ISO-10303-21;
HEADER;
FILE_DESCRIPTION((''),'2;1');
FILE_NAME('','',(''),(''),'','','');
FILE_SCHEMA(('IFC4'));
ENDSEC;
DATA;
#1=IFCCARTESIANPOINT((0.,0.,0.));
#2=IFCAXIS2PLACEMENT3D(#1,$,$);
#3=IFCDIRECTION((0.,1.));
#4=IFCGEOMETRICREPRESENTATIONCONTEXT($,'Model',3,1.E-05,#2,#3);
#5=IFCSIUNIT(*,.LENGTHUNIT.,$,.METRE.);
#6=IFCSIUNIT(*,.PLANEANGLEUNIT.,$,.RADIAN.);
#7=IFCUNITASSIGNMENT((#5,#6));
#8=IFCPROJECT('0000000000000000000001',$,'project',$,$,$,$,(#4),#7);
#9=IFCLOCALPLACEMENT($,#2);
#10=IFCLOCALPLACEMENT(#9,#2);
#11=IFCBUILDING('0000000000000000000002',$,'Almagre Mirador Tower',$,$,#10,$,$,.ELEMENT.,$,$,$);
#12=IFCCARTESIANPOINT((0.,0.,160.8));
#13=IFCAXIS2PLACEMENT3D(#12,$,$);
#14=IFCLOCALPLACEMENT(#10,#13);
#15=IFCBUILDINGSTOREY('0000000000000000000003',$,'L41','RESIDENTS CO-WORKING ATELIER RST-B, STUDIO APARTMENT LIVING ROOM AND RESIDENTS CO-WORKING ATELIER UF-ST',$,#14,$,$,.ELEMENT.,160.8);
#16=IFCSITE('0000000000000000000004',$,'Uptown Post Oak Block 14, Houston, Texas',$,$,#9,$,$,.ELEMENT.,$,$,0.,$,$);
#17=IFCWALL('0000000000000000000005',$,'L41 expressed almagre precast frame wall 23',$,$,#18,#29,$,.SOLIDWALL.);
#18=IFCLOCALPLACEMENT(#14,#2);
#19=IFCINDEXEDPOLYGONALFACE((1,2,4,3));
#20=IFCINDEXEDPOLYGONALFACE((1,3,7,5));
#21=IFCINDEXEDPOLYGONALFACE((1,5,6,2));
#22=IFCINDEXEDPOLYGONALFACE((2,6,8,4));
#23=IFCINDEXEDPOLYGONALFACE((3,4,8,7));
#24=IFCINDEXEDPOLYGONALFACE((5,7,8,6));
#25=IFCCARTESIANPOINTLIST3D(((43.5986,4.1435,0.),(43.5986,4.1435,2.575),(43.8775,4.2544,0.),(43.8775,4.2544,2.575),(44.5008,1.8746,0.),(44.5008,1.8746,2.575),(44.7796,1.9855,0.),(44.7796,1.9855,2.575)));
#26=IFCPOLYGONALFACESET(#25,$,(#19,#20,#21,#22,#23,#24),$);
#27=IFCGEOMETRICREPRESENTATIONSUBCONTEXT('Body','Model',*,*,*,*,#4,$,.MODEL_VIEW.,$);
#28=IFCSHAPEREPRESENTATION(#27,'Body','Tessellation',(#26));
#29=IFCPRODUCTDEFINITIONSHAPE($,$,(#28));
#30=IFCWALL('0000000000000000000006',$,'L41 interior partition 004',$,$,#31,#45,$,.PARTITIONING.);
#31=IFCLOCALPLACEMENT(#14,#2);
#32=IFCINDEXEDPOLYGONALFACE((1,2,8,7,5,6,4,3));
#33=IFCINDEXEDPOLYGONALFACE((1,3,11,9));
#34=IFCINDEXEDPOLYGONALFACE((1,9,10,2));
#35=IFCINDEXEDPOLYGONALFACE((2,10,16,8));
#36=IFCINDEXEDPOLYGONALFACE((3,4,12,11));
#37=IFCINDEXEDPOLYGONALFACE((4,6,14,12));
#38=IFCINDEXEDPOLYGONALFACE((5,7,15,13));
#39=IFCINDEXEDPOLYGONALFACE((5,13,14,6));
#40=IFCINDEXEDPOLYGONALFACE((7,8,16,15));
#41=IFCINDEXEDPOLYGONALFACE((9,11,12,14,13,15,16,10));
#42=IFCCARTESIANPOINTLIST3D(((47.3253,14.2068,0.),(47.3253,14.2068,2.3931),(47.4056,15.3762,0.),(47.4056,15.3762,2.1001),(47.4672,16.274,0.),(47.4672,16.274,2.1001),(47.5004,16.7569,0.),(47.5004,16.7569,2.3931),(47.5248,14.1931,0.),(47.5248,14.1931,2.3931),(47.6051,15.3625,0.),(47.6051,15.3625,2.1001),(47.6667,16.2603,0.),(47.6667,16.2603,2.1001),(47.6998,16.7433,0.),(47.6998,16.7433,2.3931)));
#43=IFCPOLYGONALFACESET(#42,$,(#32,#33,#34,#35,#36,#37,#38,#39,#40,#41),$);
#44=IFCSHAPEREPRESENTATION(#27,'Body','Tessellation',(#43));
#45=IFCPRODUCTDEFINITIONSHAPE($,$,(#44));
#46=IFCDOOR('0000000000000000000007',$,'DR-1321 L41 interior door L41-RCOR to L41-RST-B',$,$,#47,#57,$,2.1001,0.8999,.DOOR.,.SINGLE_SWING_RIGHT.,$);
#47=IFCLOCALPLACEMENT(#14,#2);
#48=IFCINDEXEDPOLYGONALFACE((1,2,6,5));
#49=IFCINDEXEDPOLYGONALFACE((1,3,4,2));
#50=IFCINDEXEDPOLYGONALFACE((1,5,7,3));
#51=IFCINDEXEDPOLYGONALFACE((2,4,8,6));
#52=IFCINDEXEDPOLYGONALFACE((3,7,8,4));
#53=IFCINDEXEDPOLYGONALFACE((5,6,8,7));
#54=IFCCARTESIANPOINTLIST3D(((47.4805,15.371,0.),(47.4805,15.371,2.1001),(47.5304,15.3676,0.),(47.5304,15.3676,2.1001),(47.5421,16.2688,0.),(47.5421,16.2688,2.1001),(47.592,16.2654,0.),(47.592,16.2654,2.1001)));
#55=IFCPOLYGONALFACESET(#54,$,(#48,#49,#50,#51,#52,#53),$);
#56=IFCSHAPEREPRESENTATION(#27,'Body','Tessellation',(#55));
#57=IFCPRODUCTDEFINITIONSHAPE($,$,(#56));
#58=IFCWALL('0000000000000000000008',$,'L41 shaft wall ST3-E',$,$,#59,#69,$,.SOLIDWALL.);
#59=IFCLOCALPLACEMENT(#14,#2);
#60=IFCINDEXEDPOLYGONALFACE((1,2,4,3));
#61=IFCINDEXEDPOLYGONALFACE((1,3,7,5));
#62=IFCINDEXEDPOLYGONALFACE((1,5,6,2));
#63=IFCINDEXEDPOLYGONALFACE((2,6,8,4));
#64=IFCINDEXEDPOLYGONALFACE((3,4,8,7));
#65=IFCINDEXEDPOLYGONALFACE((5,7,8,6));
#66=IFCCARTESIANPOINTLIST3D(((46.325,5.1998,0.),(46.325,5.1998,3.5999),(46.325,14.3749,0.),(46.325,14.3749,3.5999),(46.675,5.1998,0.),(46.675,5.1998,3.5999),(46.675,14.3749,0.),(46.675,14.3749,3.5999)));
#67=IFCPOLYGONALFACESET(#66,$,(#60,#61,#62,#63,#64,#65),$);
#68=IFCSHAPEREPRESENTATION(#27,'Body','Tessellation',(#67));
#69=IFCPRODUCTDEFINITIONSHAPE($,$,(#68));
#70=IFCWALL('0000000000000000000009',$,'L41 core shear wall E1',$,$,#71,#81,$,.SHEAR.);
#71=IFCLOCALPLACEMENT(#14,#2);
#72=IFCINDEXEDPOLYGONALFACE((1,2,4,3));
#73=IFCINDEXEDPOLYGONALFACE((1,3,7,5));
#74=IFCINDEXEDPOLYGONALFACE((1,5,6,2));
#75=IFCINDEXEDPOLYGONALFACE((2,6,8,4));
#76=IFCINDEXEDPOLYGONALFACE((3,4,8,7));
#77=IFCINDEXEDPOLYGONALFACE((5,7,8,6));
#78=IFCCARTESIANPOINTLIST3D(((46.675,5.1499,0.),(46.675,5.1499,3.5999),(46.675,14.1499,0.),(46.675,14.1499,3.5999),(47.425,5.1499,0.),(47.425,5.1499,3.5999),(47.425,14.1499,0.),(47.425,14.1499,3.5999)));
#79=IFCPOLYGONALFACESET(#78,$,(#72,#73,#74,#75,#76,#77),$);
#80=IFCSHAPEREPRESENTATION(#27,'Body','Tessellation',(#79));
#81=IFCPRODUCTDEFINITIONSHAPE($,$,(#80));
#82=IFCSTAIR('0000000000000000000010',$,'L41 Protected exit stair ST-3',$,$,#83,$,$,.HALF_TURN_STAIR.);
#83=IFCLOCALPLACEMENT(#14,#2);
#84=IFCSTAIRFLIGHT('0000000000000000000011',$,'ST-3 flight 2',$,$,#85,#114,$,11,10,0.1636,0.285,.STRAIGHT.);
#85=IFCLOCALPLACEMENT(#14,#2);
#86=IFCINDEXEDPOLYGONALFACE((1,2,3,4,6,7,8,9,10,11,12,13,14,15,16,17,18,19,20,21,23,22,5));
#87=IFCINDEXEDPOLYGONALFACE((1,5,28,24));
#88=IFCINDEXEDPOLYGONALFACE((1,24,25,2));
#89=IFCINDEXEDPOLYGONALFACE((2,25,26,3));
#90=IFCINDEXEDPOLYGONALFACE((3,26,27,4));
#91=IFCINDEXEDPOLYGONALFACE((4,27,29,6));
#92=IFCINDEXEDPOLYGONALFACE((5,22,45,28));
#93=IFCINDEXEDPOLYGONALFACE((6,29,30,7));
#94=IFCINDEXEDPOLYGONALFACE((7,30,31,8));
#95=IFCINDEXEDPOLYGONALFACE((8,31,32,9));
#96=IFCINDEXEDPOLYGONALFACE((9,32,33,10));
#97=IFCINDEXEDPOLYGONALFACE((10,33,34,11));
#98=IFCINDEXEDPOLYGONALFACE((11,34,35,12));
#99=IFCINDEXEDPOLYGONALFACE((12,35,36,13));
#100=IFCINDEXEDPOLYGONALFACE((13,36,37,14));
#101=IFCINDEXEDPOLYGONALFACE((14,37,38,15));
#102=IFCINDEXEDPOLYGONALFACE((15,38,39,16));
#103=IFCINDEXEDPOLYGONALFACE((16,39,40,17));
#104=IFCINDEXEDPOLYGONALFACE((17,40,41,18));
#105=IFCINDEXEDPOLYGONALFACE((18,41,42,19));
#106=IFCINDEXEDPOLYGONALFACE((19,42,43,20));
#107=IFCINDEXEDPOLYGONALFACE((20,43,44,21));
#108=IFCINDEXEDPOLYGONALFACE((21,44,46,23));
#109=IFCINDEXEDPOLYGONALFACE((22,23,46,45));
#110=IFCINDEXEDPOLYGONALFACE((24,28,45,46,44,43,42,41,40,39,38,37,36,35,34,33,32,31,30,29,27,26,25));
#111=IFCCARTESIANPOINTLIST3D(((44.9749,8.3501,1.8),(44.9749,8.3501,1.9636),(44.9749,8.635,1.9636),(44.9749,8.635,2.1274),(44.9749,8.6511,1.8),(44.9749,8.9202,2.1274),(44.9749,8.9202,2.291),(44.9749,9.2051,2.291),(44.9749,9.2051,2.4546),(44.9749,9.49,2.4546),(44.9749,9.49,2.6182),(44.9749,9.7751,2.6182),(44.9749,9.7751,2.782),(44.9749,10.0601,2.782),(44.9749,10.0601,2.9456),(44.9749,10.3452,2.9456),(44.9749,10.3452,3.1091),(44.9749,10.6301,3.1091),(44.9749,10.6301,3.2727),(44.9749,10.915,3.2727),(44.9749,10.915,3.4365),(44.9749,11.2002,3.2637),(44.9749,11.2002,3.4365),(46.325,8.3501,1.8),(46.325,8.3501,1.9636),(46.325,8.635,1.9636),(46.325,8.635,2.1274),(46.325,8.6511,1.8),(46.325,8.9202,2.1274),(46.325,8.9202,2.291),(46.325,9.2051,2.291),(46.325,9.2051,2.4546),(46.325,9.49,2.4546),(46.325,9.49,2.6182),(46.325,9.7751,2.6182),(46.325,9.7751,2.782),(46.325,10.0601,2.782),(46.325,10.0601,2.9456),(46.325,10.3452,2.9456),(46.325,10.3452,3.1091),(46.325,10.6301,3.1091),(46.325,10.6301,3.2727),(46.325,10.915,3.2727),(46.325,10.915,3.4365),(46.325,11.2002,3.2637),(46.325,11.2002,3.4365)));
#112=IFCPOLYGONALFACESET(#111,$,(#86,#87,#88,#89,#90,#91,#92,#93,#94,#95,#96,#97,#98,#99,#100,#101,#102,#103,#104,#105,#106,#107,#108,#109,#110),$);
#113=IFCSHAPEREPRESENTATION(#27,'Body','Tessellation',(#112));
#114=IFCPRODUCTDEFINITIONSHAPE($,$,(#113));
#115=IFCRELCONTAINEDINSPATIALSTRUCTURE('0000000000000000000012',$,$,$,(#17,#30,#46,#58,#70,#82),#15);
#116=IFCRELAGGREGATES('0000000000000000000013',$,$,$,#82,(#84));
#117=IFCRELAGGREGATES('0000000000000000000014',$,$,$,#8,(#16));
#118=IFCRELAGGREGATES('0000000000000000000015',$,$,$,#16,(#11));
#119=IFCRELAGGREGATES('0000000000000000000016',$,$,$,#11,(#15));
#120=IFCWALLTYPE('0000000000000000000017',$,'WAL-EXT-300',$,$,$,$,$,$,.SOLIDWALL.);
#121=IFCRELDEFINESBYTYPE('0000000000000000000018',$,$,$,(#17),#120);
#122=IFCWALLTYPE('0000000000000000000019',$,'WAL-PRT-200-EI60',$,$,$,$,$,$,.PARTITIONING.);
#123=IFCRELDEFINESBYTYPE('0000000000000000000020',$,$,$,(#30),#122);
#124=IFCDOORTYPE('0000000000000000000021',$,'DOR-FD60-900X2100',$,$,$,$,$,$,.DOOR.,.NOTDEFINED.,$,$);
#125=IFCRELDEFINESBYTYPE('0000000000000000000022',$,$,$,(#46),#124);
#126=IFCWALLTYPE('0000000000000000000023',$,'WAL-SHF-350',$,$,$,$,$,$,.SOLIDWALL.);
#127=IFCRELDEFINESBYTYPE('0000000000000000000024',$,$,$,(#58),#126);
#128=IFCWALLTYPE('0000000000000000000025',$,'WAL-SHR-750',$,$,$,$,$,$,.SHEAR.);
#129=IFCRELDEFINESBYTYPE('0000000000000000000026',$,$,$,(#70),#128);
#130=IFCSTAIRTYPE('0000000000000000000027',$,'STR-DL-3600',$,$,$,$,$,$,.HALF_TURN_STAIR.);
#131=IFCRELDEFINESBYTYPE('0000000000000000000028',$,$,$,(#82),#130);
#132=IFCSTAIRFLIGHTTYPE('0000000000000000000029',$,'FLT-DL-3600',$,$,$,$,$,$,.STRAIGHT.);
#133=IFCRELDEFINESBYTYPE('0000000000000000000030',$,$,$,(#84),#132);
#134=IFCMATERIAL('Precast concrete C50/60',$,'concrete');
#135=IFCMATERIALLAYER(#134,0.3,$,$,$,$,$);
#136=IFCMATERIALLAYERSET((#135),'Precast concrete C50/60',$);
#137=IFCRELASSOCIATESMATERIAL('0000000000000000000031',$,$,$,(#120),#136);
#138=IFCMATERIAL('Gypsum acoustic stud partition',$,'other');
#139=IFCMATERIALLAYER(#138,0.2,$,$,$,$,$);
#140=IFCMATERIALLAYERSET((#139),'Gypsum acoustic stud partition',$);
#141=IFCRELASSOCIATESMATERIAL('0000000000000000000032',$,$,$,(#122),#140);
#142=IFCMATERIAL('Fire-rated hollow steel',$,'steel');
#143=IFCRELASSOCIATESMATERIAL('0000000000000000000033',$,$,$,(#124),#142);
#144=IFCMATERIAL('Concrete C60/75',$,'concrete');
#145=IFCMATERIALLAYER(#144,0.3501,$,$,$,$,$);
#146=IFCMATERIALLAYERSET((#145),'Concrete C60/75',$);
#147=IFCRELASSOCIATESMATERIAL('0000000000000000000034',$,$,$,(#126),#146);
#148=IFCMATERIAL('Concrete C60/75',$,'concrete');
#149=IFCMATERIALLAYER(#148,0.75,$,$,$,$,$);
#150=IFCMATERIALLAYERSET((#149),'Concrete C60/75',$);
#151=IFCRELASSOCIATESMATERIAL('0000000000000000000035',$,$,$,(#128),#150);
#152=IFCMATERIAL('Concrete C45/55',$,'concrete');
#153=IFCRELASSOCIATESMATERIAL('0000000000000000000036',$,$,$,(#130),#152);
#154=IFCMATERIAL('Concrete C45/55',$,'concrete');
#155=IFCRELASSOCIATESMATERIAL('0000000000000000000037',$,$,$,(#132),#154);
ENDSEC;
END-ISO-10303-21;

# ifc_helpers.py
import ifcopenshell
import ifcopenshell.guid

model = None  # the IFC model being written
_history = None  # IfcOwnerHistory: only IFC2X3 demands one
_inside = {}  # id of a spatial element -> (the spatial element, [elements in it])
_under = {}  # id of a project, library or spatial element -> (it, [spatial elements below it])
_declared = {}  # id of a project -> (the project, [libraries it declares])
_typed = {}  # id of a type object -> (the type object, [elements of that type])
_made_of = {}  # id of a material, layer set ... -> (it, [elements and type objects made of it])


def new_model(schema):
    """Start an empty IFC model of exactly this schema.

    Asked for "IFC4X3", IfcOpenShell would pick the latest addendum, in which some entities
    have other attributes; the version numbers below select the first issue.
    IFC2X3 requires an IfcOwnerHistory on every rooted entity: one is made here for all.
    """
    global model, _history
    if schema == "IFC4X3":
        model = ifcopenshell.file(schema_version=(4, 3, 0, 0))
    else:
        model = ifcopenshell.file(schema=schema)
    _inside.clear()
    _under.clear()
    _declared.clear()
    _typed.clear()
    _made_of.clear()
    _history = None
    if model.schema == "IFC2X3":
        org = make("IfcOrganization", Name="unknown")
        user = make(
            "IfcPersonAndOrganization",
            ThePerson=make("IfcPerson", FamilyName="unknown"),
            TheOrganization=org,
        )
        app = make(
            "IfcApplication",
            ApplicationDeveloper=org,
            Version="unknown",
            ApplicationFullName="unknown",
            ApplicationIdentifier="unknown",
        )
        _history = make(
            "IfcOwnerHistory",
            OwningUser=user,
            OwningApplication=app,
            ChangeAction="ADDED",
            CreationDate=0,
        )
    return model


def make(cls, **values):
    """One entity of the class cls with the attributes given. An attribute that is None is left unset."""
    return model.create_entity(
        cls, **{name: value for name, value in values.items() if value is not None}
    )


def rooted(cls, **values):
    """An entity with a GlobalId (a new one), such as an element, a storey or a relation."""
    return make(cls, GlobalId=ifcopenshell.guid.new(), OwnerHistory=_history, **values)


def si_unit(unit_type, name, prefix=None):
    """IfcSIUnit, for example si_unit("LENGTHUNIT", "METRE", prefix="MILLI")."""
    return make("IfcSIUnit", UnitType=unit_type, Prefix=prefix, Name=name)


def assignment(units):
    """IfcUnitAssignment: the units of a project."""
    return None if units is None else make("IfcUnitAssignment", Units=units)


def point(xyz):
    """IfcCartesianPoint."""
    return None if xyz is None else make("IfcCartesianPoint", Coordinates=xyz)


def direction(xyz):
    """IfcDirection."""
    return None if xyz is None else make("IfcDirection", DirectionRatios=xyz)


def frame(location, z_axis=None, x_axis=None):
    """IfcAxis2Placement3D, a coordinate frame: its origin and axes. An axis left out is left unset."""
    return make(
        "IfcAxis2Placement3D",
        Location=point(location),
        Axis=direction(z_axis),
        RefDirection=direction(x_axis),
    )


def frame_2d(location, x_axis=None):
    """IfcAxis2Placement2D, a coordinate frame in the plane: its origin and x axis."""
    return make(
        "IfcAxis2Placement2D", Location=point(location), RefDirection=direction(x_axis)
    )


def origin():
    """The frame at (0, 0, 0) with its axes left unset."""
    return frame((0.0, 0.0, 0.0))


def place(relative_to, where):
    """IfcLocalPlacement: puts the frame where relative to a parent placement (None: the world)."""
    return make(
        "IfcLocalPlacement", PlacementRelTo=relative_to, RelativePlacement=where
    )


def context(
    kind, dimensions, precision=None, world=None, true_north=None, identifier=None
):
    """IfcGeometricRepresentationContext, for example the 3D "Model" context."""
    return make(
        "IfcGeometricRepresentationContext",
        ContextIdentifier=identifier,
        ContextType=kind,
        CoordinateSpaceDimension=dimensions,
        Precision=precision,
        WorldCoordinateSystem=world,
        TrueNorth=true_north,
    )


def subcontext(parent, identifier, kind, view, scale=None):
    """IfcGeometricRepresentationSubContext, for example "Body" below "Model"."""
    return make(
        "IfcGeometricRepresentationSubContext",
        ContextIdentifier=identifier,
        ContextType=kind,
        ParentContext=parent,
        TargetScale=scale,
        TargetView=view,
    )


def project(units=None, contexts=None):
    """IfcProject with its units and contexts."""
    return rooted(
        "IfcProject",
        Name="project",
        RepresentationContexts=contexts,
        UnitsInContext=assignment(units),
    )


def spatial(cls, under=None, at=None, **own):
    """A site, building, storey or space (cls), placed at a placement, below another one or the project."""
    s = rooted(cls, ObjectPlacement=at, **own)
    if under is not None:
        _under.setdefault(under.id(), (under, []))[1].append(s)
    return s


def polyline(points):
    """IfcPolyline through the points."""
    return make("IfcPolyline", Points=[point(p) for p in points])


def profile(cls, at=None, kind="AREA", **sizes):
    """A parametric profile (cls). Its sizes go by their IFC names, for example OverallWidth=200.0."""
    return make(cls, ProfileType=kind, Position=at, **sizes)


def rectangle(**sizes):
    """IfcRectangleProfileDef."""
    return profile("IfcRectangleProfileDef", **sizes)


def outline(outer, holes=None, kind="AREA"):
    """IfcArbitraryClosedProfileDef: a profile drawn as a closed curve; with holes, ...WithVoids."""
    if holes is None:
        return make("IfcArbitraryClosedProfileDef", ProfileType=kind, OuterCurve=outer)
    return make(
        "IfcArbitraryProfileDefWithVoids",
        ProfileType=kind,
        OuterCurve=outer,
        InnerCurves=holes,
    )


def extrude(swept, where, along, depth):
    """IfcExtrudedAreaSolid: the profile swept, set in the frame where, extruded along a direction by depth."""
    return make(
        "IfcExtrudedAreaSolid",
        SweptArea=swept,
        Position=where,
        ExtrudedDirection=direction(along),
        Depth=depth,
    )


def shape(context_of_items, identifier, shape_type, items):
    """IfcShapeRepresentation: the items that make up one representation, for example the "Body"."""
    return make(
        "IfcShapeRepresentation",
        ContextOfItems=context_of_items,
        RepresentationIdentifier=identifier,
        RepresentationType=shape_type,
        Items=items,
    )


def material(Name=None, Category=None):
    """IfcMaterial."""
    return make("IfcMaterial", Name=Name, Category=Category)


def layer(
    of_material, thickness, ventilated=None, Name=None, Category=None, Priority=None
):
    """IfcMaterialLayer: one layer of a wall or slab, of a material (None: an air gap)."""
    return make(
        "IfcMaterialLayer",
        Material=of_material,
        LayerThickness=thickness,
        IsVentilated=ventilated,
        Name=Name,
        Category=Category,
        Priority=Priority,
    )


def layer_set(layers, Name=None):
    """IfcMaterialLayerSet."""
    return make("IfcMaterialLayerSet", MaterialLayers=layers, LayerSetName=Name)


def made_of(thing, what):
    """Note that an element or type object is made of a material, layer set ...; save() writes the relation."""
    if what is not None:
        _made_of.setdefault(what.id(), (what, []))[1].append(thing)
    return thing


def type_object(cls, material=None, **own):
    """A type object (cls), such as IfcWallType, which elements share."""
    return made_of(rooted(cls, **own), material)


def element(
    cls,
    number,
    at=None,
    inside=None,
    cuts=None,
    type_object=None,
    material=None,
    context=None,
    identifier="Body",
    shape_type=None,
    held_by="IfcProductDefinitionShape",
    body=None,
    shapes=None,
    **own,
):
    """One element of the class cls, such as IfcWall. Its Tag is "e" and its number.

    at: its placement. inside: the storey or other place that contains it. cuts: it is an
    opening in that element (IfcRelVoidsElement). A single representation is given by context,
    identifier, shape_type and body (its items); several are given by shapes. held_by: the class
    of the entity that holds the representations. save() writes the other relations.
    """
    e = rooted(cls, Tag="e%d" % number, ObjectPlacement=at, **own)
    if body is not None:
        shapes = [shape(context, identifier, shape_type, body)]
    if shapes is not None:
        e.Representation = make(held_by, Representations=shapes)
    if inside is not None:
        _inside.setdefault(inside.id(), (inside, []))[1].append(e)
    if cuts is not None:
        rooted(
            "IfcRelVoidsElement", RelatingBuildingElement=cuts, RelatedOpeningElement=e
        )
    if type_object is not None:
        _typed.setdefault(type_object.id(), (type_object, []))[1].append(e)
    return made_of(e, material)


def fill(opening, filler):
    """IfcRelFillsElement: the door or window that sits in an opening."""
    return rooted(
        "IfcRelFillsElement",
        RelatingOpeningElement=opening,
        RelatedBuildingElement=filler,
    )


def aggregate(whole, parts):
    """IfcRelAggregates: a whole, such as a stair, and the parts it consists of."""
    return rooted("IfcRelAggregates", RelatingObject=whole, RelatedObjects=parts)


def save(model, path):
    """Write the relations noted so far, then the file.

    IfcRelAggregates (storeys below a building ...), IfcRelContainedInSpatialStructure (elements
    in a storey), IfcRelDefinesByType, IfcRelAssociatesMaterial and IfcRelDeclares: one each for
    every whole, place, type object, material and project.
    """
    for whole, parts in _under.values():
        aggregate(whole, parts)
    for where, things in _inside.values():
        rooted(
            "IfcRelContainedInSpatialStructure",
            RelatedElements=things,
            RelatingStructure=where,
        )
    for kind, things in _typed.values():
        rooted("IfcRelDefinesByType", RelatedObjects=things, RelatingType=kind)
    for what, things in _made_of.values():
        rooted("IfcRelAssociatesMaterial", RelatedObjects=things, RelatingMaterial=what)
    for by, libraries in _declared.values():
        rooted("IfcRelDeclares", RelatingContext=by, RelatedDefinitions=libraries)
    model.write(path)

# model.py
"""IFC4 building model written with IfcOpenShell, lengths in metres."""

from ifc_helpers import new_model, si_unit, direction, frame, frame_2d, origin, place, context, subcontext, project, spatial, polyline, rectangle, outline, extrude, material, layer, layer_set, type_object, element, fill, aggregate, save


model = new_model("IFC4")

# Units and contexts
model_context = context("Model", 3, precision=1e-05, world=origin(), true_north=direction((0.0, 1.0)))
body_context = subcontext(model_context, "Body", "Model", "MODEL_VIEW")
ifc_project = project(units=[si_unit("LENGTHUNIT", "METRE"), si_unit("PLANEANGLEUNIT", "RADIAN")], contexts=[model_context])

# Site, building, storey
site_placement = place(None, origin())
site = spatial("IfcSite", under=ifc_project, at=site_placement, Name="Uptown Post Oak Block 14, Houston, Texas", CompositionType="ELEMENT", RefElevation=0.0)
building_placement = place(site_placement, origin())
building = spatial("IfcBuilding", under=site, at=building_placement, Name="Almagre Mirador Tower", CompositionType="ELEMENT")
storey_placement = place(building_placement, frame((0.0, 0.0, 160.8)))
storey = spatial("IfcBuildingStorey", under=building, at=storey_placement, Name="L41", Description="RESIDENTS CO-WORKING ATELIER RST-B, STUDIO APARTMENT LIVING ROOM AND RESIDENTS CO-WORKING ATELIER UF-ST", CompositionType="ELEMENT", Elevation=160.8)

# Wall
ifc_material_1 = material(Name="Precast concrete C50/60", Category="concrete")
ifc_layer_1 = layer(ifc_material_1, 0.3)
ifc_layer_set_1 = layer_set([ifc_layer_1], Name="Precast concrete C50/60")
wall_type_1 = type_object("IfcWallType", Name="WAL-EXT-300", PredefinedType="SOLIDWALL", material=ifc_layer_set_1)
wall_1_placement = place(storey_placement, frame((44.6401, 1.9302, 0.0), z_axis=(0.0, 0.0, 1.0), x_axis=(-0.369476, 0.92924, 0.0)))
element("IfcWall", 1, at=wall_1_placement, inside=storey, type_object=wall_type_1, Name="L41 expressed almagre precast frame wall 23", PredefinedType="SOLIDWALL", context=body_context, shape_type="SweptSolid", body=[
    extrude(rectangle(XDim=2.4417, YDim=0.3, at=frame_2d((1.2207, 0.0))), origin(), (0.0, 0.0, 1.0), 2.575),
])

# Wall, opening, door
ifc_material_2 = material(Name="Gypsum acoustic stud partition", Category="other")
ifc_layer_2 = layer(ifc_material_2, 0.2)
ifc_layer_set_2 = layer_set([ifc_layer_2], Name="Gypsum acoustic stud partition")
wall_type_2 = type_object("IfcWallType", Name="WAL-PRT-200-EI60", PredefinedType="PARTITIONING", material=ifc_layer_set_2)
wall_2_placement = place(storey_placement, frame((47.425, 14.2, 0.0), z_axis=(0.0, 0.0, 1.0), x_axis=(0.068484, 0.997652, 0.0)))
wall_2 = element("IfcWall", 2, at=wall_2_placement, inside=storey, type_object=wall_type_2, Name="L41 interior partition 004", PredefinedType="PARTITIONING", context=body_context, shape_type="SweptSolid", body=[
    extrude(rectangle(XDim=2.5562, YDim=0.2, at=frame_2d((1.2781, 0.0))), origin(), (0.0, 0.0, 1.0), 2.3931),
])
opening_placement = place(wall_2_placement, frame((1.1721, 0.0, 0.0)))
opening = element("IfcOpeningElement", 3, at=opening_placement, cuts=wall_2, PredefinedType="OPENING", context=body_context, shape_type="SweptSolid", body=[
    extrude(rectangle(XDim=0.8999, YDim=2.1001, at=frame_2d((0.45, 1.05))), frame((0.0, 0.1101, 0.0), z_axis=(0.0, -1.0, 0.0), x_axis=(1.0, 0.0, 0.0)), (0.0, 0.0, 1.0), 0.22),
])
ifc_material_3 = material(Name="Fire-rated hollow steel", Category="steel")
door_type = type_object("IfcDoorType", Name="DOR-FD60-900X2100", OperationType="NOTDEFINED", PredefinedType="DOOR", material=ifc_material_3)
door_placement = place(opening_placement, origin())
door = element("IfcDoor", 4, at=door_placement, inside=storey, type_object=door_type, Name="DR-1321 L41 interior door L41-RCOR to L41-RST-B", OperationType="SINGLE_SWING_RIGHT", OverallHeight=2.1001, OverallWidth=0.8999, PredefinedType="DOOR", context=body_context, shape_type="SweptSolid", body=[
    extrude(rectangle(XDim=0.8999, YDim=2.1001, at=frame_2d((0.45, 1.05))), frame((0.0, 0.0249, 0.0), z_axis=(0.0, -1.0, 0.0), x_axis=(1.0, 0.0, 0.0)), (0.0, 0.0, 1.0), 0.05),
])
fill(opening, door)

# Walls
ifc_material_4 = material(Name="Concrete C60/75", Category="concrete")
ifc_layer_3 = layer(ifc_material_4, 0.3501)
ifc_layer_set_3 = layer_set([ifc_layer_3], Name="Concrete C60/75")
wall_type_3 = type_object("IfcWallType", Name="WAL-SHF-350", PredefinedType="SOLIDWALL", material=ifc_layer_set_3)
wall_3_placement = place(storey_placement, frame((46.5, 5.2, 0.0), z_axis=(0.0, 0.0, 1.0), x_axis=(0.0, 1.0, 0.0)))
element("IfcWall", 5, at=wall_3_placement, inside=storey, type_object=wall_type_3, Name="L41 shaft wall ST3-E", PredefinedType="SOLIDWALL", context=body_context, shape_type="SweptSolid", body=[
    extrude(rectangle(XDim=9.175, YDim=0.3501, at=frame_2d((4.5874, 0.0))), origin(), (0.0, 0.0, 1.0), 3.5999),
])
ifc_material_5 = material(Name="Concrete C60/75", Category="concrete")
ifc_layer_4 = layer(ifc_material_5, 0.75)
ifc_layer_set_4 = layer_set([ifc_layer_4], Name="Concrete C60/75")
wall_type_4 = type_object("IfcWallType", Name="WAL-SHR-750", PredefinedType="SHEAR", material=ifc_layer_set_4)
wall_4_placement = place(storey_placement, frame((47.05, 5.1499, 0.0), z_axis=(0.0, 0.0, 1.0), x_axis=(0.0, 1.0, 0.0)))
element("IfcWall", 6, at=wall_4_placement, inside=storey, type_object=wall_type_4, Name="L41 core shear wall E1", PredefinedType="SHEAR", context=body_context, shape_type="SweptSolid", body=[
    extrude(rectangle(XDim=9.0, YDim=0.75, at=frame_2d((4.5, 0.0))), origin(), (0.0, 0.0, 1.0), 3.5999),
])

# Stair, stair flight
ifc_material_6 = material(Name="Concrete C45/55", Category="concrete")
stair_type = type_object("IfcStairType", Name="STR-DL-3600", PredefinedType="HALF_TURN_STAIR", material=ifc_material_6)
stair_placement = place(storey_placement, origin())
stair = element("IfcStair", 7, at=stair_placement, inside=storey, type_object=stair_type, Name="L41 Protected exit stair ST-3", PredefinedType="HALF_TURN_STAIR")
ifc_material_7 = material(Name="Concrete C45/55", Category="concrete")
stair_flight_type = type_object("IfcStairFlightType", Name="FLT-DL-3600", PredefinedType="STRAIGHT", material=ifc_material_7)
stair_flight_placement = place(storey_placement, frame((45.6499, 8.3501, 1.8), z_axis=(0.0, 0.0, 1.0), x_axis=(0.0, 1.0, 0.0)))
stair_flight = element("IfcStairFlight", 8, at=stair_flight_placement, type_object=stair_flight_type, Name="ST-3 flight 2", NumberOfRisers=11, NumberOfTreads=10, PredefinedType="STRAIGHT", RiserHeight=0.1636, TreadLength=0.285, context=body_context, shape_type="SweptSolid", body=[
    extrude(outline(polyline([(0.0, 0.0), (0.0, 0.1636), (0.2849, 0.1636), (0.2849, 0.3274), (0.5701, 0.3274), (0.5701, 0.491), (0.855, 0.491), (0.855, 0.6545), (1.1399, 0.6545), (1.1399, 0.8181), (1.425, 0.8181), (1.425, 0.9819), (1.71, 0.9819), (1.71, 1.1455), (1.9951, 1.1455), (1.9951, 1.3091), (2.28, 1.3091), (2.28, 1.4727), (2.5649, 1.4727), (2.5649, 1.6365), (2.8501, 1.6365), (2.8501, 1.8), (2.8501, 1.4636), (0.301, 0.0), (0.0, 0.0)])), frame((0.0, 0.675, 0.0), z_axis=(0.0, -1.0, 0.0), x_axis=(1.0, 0.0, 0.0)), (0.0, 0.0, 1.0), 1.3501),
])
aggregate(stair, [stair_flight])

save(model, "model.ifc")
